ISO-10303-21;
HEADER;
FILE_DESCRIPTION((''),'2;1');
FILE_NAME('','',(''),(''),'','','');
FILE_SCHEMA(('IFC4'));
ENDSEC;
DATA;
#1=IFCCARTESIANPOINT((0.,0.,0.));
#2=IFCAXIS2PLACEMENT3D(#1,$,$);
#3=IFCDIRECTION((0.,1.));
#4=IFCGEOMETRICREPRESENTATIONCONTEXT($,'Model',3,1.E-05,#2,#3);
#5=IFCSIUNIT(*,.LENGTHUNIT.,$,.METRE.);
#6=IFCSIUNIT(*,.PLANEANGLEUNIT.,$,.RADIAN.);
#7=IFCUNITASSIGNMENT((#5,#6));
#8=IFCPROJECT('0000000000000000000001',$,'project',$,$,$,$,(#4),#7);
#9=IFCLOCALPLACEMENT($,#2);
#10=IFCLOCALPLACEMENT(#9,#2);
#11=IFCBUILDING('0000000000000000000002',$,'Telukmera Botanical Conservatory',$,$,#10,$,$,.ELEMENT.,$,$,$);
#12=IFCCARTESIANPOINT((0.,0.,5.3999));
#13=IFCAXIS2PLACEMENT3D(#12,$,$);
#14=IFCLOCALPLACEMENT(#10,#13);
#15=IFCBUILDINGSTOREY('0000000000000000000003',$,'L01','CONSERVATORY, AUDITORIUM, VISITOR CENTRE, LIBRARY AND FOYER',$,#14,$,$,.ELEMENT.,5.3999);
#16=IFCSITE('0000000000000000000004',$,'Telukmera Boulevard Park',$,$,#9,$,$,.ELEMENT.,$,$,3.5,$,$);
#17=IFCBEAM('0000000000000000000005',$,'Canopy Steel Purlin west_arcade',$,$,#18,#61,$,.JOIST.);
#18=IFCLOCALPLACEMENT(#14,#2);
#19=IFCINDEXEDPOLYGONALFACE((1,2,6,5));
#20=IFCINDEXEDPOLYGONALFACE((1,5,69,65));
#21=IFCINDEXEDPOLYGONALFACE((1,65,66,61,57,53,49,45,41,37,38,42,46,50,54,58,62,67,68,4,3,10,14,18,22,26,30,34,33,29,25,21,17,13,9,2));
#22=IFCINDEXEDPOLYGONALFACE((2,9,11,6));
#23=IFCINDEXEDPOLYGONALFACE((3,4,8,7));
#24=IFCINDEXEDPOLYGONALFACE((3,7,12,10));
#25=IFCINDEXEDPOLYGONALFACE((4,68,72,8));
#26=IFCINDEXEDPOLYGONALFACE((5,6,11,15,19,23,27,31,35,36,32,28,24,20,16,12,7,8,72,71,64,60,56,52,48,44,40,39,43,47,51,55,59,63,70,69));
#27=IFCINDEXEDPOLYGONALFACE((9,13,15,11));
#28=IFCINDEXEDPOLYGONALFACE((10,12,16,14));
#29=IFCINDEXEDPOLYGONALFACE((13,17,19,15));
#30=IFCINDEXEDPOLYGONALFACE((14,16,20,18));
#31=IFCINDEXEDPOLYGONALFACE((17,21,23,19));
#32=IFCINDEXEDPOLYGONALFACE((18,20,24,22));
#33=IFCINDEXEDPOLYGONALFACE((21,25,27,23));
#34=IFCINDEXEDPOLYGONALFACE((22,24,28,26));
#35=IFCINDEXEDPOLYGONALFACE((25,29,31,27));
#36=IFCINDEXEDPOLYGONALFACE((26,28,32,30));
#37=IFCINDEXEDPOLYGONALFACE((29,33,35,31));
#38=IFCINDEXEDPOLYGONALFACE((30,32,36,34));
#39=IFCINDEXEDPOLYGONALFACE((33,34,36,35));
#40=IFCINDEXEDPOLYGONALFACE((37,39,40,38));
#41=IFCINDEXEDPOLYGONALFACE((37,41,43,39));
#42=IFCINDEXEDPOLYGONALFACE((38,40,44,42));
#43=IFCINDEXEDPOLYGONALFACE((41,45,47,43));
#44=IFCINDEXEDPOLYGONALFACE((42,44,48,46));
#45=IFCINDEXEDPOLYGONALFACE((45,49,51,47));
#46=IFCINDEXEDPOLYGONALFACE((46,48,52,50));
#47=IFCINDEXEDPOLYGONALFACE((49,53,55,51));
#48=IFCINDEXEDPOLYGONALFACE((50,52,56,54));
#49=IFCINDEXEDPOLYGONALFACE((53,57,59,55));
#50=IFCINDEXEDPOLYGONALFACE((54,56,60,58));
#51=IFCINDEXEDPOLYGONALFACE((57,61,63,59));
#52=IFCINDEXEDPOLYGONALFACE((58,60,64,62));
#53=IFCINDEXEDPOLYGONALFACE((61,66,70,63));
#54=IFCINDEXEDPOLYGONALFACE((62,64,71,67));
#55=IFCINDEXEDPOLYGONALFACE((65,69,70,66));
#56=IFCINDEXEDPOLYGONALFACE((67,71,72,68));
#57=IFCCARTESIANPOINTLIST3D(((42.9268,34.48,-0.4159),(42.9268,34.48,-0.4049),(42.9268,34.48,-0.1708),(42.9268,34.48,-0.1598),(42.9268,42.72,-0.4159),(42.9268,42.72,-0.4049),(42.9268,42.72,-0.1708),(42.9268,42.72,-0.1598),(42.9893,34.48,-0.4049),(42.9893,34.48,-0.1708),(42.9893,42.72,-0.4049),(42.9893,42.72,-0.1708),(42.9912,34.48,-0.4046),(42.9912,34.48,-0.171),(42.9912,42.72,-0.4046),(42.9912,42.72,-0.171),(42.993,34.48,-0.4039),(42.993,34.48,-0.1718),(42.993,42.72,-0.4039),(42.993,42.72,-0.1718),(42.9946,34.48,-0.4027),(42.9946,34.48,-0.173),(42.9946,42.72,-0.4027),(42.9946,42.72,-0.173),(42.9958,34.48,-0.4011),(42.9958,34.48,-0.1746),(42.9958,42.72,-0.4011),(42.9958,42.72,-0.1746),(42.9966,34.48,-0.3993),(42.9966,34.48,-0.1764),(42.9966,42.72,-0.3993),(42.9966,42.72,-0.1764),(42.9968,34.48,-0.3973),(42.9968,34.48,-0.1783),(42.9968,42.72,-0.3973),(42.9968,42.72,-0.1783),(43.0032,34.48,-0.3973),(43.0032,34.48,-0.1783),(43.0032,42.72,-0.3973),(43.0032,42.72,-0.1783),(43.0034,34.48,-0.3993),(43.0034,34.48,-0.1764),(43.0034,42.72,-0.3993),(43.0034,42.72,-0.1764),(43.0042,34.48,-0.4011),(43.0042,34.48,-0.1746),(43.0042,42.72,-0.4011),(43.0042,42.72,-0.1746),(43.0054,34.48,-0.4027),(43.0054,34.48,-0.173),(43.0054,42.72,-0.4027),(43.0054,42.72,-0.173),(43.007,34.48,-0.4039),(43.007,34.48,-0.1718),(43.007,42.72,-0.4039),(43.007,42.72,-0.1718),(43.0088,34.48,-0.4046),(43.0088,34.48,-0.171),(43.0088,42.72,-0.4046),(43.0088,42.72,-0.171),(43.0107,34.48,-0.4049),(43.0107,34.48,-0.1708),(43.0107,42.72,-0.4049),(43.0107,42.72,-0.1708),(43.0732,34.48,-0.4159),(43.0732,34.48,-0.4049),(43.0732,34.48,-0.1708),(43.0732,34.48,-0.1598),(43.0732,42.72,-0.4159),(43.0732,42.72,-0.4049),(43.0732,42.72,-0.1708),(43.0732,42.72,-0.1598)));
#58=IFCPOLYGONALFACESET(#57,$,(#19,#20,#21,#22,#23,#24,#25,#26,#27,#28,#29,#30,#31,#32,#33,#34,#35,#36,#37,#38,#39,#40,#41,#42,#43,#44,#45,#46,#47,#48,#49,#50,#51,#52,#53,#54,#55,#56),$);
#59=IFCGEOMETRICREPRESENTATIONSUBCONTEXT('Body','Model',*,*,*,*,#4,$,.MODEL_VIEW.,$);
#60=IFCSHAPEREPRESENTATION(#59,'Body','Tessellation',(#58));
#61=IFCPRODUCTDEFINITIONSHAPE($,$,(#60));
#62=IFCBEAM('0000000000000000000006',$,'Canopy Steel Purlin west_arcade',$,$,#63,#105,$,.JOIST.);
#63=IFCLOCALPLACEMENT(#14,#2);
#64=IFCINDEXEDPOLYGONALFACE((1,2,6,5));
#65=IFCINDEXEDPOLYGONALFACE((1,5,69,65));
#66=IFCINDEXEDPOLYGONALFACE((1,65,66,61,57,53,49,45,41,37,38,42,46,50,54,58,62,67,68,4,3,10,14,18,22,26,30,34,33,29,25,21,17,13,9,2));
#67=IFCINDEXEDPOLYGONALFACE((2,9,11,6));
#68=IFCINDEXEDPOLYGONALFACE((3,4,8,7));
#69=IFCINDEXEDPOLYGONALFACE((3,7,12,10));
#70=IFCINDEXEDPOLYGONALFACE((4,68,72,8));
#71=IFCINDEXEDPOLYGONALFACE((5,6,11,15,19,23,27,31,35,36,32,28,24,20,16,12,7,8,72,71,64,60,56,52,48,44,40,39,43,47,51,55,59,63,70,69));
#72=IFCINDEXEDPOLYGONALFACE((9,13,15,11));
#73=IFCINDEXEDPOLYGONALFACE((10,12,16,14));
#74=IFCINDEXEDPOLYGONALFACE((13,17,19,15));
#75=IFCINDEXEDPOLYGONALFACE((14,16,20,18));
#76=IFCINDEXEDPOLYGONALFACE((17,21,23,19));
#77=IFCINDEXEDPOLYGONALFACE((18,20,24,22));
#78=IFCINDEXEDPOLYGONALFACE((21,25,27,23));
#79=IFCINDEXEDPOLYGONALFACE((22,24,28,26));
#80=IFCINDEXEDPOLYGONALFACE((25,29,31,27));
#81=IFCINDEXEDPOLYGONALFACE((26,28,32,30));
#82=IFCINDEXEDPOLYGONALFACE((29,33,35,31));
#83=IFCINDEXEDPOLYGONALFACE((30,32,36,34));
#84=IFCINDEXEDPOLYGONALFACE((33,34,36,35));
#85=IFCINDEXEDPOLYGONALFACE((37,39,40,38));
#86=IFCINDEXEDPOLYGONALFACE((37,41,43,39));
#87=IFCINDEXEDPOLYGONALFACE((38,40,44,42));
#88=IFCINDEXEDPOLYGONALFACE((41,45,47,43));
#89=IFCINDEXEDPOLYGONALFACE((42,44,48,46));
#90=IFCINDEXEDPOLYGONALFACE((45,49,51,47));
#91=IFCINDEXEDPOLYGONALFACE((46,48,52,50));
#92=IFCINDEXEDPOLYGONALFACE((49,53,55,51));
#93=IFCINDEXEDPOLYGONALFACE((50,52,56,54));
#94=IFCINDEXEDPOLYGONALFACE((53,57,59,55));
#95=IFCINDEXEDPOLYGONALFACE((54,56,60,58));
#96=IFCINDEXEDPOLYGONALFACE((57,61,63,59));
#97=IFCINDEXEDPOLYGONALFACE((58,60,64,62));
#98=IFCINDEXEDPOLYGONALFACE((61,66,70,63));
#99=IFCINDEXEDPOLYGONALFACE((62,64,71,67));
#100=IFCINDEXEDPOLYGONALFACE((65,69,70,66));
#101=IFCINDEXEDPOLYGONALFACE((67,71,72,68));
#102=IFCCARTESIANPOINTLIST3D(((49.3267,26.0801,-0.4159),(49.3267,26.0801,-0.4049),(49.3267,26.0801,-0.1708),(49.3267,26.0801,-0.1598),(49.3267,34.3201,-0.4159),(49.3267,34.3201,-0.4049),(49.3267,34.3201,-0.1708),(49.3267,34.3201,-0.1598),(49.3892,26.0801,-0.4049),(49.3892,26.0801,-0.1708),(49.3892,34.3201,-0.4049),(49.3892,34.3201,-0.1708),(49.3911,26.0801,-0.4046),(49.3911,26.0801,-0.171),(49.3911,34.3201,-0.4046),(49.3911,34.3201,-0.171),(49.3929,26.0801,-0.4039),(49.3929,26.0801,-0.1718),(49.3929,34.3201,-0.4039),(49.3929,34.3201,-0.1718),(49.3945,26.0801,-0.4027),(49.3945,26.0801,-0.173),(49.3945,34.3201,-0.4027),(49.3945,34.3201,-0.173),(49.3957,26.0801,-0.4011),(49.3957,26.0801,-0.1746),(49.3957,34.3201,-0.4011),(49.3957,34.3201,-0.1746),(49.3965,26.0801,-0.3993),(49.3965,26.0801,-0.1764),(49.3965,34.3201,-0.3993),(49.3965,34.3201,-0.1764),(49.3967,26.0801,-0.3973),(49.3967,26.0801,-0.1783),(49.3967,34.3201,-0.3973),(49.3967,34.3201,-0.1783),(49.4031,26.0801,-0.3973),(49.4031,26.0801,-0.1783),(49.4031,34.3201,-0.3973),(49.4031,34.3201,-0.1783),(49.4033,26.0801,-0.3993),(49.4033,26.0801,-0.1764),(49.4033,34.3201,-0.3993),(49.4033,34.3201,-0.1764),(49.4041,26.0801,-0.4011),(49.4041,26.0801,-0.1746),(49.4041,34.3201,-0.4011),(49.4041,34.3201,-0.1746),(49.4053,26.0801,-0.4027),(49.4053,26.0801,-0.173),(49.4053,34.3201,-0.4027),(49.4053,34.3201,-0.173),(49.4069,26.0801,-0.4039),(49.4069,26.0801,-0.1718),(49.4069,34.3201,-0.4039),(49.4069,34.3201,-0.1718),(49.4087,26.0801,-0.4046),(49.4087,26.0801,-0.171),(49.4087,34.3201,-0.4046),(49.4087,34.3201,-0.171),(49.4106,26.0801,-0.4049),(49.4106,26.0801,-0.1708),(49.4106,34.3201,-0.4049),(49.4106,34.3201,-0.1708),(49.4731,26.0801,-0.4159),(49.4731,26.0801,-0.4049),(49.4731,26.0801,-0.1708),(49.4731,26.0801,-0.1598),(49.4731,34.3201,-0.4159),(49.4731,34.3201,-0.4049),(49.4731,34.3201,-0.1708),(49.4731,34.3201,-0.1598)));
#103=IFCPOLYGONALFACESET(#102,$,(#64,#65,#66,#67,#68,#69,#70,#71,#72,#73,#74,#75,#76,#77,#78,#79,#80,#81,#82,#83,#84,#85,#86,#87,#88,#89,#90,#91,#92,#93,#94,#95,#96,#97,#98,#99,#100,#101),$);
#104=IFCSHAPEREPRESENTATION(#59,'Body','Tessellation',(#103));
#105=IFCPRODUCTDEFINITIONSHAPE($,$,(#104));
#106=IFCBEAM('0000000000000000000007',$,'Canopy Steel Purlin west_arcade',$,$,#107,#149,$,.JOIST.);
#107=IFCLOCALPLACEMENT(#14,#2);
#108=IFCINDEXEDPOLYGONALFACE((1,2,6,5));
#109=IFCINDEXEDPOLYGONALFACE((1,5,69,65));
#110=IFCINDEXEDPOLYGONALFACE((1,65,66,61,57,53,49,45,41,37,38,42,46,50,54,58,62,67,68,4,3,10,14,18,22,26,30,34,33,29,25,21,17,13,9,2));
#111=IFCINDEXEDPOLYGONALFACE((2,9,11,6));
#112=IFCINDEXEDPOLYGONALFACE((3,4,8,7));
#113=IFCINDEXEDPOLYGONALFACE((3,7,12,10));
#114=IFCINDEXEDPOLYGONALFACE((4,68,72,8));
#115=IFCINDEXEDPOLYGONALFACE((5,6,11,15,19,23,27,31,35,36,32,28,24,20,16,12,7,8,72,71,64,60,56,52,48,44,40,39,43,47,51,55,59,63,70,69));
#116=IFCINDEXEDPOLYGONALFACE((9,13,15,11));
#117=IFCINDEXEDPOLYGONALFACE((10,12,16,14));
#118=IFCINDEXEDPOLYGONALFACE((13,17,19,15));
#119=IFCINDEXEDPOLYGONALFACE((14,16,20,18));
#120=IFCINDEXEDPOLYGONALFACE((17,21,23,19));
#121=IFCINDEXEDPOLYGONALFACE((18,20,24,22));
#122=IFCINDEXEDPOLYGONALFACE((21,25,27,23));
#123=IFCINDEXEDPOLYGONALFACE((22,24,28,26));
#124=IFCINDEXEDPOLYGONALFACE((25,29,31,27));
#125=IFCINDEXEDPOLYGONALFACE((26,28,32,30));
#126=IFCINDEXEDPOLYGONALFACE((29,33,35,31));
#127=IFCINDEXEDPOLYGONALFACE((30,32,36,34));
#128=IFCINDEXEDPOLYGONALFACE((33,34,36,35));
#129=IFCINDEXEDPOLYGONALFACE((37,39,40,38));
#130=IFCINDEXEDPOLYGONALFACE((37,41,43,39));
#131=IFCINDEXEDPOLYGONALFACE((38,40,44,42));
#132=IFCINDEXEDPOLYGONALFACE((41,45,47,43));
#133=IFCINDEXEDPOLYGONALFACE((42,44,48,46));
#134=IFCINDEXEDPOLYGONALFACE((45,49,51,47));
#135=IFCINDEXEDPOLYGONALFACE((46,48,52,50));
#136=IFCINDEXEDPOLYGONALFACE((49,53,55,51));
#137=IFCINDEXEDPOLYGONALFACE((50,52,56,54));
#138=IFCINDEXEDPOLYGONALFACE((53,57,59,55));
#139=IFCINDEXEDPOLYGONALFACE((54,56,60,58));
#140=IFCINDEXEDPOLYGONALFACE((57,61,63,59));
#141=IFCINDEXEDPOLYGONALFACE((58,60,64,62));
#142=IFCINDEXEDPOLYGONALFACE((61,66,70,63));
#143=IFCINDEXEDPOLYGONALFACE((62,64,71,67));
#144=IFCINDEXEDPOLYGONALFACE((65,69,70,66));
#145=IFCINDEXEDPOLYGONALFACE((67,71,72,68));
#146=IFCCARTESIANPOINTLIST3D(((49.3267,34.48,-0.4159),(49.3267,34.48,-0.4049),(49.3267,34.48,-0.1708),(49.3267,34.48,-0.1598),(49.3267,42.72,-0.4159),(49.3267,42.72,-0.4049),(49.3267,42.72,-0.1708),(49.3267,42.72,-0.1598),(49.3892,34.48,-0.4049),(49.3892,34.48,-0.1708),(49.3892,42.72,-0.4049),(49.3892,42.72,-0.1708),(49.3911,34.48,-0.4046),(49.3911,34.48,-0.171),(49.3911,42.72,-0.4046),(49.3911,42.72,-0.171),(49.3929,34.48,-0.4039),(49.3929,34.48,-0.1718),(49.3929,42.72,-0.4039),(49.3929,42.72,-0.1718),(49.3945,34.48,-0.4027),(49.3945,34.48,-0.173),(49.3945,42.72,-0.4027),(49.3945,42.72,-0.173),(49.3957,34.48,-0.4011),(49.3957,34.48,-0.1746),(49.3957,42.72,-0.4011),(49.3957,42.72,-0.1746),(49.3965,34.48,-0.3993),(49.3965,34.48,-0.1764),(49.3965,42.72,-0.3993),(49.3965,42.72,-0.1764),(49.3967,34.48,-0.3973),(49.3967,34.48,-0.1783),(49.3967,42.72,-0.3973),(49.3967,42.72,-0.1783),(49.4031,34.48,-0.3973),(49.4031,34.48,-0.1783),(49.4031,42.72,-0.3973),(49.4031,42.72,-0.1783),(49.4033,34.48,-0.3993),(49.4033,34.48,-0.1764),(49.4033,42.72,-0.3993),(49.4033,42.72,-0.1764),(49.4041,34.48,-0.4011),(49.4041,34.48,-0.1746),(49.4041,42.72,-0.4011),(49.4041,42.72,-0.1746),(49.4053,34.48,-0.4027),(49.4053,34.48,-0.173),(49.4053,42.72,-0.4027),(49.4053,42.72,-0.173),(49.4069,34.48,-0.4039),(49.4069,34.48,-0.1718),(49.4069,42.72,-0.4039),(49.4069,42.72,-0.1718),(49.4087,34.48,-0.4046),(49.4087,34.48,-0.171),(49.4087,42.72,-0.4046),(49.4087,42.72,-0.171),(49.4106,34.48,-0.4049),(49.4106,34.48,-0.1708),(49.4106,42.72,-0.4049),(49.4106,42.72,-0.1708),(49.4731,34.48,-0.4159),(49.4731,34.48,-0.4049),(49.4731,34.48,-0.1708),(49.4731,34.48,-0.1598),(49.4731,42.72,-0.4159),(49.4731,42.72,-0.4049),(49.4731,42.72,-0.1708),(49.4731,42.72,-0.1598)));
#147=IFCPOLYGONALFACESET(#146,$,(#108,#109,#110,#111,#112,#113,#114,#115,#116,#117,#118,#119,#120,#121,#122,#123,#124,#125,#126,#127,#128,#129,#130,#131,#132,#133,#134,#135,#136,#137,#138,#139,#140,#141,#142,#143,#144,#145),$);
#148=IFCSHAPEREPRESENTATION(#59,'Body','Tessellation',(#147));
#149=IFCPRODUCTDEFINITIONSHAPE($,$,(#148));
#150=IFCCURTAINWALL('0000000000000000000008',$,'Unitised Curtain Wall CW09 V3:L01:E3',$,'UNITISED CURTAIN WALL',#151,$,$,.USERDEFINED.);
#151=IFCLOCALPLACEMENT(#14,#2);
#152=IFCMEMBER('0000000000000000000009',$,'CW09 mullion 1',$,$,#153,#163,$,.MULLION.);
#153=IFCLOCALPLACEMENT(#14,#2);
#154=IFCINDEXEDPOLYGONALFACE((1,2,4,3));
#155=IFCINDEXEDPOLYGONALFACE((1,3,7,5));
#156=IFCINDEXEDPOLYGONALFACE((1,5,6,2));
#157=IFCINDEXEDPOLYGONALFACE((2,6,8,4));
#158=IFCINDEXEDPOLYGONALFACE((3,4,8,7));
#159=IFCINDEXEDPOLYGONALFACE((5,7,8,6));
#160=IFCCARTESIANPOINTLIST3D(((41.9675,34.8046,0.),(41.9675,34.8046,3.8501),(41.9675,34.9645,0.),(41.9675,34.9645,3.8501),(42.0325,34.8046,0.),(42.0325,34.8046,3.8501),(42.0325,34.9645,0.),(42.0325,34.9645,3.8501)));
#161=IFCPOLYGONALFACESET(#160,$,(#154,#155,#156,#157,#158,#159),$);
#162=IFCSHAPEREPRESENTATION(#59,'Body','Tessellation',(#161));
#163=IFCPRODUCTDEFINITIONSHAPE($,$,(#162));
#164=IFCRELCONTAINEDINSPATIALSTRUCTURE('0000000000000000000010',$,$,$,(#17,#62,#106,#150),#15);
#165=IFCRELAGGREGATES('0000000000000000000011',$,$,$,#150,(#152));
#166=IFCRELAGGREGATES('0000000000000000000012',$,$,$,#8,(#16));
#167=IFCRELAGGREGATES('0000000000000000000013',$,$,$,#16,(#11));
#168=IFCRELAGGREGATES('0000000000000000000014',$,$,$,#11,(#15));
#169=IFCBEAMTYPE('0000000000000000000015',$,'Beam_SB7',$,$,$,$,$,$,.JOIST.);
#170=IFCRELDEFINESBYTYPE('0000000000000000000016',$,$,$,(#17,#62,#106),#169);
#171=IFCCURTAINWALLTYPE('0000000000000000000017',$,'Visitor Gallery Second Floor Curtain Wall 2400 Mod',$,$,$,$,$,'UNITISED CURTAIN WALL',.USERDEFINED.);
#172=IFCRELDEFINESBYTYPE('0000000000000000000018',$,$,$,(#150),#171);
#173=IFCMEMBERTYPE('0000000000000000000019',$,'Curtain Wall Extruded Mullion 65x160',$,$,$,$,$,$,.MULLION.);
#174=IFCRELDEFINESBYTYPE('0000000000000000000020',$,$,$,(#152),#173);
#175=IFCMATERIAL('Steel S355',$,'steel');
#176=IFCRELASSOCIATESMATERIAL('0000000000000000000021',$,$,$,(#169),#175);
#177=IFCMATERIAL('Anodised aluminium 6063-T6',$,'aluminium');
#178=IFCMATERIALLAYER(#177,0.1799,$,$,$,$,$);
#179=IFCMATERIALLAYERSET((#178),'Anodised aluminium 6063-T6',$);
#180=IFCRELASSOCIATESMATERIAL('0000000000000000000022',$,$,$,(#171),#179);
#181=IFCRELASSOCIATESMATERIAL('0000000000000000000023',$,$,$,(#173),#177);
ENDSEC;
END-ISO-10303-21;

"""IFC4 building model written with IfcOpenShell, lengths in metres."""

from ifc_helpers import new_model, si_unit, direction, frame, origin, origin_2d, place, context, subcontext, project, spatial, rectangle, i_section, extrude, material, layer, layer_set, material_profile, profile_set, type_object, element, aggregate, save


model = new_model("IFC4")

# Units and contexts
model_context = context("Model", 3, precision=1e-05, world=origin(), true_north=direction((0.0, 1.0)))
body_context = subcontext(model_context, "Body", "Model", "MODEL_VIEW")
ifc_project = project(units=[si_unit("LENGTHUNIT", "METRE"), si_unit("PLANEANGLEUNIT", "RADIAN")], contexts=[model_context])

# Site, building, storey
site_placement = place(None, origin())
site = spatial("IfcSite", under=ifc_project, at=site_placement, Name="Telukmera Boulevard Park", CompositionType="ELEMENT", RefElevation=3.5)
building_placement = place(site_placement, origin())
building = spatial("IfcBuilding", under=site, at=building_placement, Name="Telukmera Botanical Conservatory", CompositionType="ELEMENT")
storey_placement = place(building_placement, frame((0.0, 0.0, 5.3999)))
storey = spatial("IfcBuildingStorey", under=building, at=storey_placement, Name="L01", Description="CONSERVATORY, AUDITORIUM, VISITOR CENTRE, LIBRARY AND FOYER", CompositionType="ELEMENT", Elevation=5.3999)

# Beams
ifc_material_1 = material(Name="Steel S355", Category="steel")
ifc_material_profile_1 = material_profile(ifc_material_1, i_section(OverallWidth=0.1465, OverallDepth=0.2561, WebThickness=0.0063, FlangeThickness=0.011, FilletRadius=0.0076, at=origin_2d()), Name="UB 254x146x37")
ifc_profile_set_1 = profile_set([ifc_material_profile_1], Name="Steel S355")
beam_type_1 = type_object("IfcBeamType", Name="Beam_SB7", PredefinedType="JOIST", material=ifc_profile_set_1)
for number, where, z_axis, x_axis, name in (
    (1, (43.0, 34.48, -0.2878), (0.0, 1.0, 0.0), (-1.0, 0.0, 0.0), "Canopy Steel Purlin west_arcade"),
    (2, (49.3999, 26.0801, -0.2878), (0.0, 1.0, 0.0), (-1.0, 0.0, 0.0), "Canopy Steel Purlin west_arcade"),
    (3, (49.3999, 34.48, -0.2878), (0.0, 1.0, 0.0), (-1.0, 0.0, 0.0), "Canopy Steel Purlin west_arcade"),
):
    element("IfcBeam", number, at=place(storey_placement, frame(where, z_axis=z_axis, x_axis=x_axis)), inside=storey, type_object=beam_type_1, Name=name, PredefinedType="JOIST", context=body_context, shape_type="SweptSolid", body=[
        extrude(i_section(OverallWidth=0.1465, OverallDepth=0.2561, WebThickness=0.0063, FlangeThickness=0.011, FilletRadius=0.0076, at=origin_2d()), origin(), (0.0, 0.0, 1.0), 8.24),
    ])

# Curtain wall, member
ifc_material_2 = material(Name="Anodised aluminium 6063-T6", Category="aluminium")
ifc_layer_1 = layer(ifc_material_2, 0.1799)
ifc_layer_set_1 = layer_set([ifc_layer_1], Name="Anodised aluminium 6063-T6")
curtain_wall_type = type_object("IfcCurtainWallType", Name="Visitor Gallery Second Floor Curtain Wall 2400 Mod", ElementType="UNITISED CURTAIN WALL", PredefinedType="USERDEFINED", material=ifc_layer_set_1)
curtain_wall_placement = place(storey_placement, origin())
curtain_wall = element("IfcCurtainWall", 4, at=curtain_wall_placement, inside=storey, type_object=curtain_wall_type, Name="Unitised Curtain Wall CW09 V3:L01:E3", ObjectType="UNITISED CURTAIN WALL", PredefinedType="USERDEFINED")
ifc_material_profile_2 = material_profile(ifc_material_2, rectangle(XDim=0.0649, YDim=0.1599, at=origin_2d()), Name="ALU MULL 65x160")
ifc_profile_set_2 = profile_set([ifc_material_profile_2], Name="Anodised aluminium 6063-T6")
member_type = type_object("IfcMemberType", Name="Curtain Wall Extruded Mullion 65x160", PredefinedType="MULLION", material=ifc_profile_set_2)
member_placement = place(storey_placement, frame((42.0, 34.8845, 0.0), z_axis=(0.0, 0.0, 1.0), x_axis=(-1.0, 0.0, 0.0)))
member = element("IfcMember", 5, at=member_placement, type_object=member_type, Name="CW09 mullion 1", PredefinedType="MULLION", context=body_context, shape_type="SweptSolid", body=[
    extrude(rectangle(XDim=0.0649, YDim=0.1599, at=origin_2d()), origin(), (0.0, 0.0, 1.0), 3.8501),
])
aggregate(curtain_wall, [member])

save(model, "model.ifc")
